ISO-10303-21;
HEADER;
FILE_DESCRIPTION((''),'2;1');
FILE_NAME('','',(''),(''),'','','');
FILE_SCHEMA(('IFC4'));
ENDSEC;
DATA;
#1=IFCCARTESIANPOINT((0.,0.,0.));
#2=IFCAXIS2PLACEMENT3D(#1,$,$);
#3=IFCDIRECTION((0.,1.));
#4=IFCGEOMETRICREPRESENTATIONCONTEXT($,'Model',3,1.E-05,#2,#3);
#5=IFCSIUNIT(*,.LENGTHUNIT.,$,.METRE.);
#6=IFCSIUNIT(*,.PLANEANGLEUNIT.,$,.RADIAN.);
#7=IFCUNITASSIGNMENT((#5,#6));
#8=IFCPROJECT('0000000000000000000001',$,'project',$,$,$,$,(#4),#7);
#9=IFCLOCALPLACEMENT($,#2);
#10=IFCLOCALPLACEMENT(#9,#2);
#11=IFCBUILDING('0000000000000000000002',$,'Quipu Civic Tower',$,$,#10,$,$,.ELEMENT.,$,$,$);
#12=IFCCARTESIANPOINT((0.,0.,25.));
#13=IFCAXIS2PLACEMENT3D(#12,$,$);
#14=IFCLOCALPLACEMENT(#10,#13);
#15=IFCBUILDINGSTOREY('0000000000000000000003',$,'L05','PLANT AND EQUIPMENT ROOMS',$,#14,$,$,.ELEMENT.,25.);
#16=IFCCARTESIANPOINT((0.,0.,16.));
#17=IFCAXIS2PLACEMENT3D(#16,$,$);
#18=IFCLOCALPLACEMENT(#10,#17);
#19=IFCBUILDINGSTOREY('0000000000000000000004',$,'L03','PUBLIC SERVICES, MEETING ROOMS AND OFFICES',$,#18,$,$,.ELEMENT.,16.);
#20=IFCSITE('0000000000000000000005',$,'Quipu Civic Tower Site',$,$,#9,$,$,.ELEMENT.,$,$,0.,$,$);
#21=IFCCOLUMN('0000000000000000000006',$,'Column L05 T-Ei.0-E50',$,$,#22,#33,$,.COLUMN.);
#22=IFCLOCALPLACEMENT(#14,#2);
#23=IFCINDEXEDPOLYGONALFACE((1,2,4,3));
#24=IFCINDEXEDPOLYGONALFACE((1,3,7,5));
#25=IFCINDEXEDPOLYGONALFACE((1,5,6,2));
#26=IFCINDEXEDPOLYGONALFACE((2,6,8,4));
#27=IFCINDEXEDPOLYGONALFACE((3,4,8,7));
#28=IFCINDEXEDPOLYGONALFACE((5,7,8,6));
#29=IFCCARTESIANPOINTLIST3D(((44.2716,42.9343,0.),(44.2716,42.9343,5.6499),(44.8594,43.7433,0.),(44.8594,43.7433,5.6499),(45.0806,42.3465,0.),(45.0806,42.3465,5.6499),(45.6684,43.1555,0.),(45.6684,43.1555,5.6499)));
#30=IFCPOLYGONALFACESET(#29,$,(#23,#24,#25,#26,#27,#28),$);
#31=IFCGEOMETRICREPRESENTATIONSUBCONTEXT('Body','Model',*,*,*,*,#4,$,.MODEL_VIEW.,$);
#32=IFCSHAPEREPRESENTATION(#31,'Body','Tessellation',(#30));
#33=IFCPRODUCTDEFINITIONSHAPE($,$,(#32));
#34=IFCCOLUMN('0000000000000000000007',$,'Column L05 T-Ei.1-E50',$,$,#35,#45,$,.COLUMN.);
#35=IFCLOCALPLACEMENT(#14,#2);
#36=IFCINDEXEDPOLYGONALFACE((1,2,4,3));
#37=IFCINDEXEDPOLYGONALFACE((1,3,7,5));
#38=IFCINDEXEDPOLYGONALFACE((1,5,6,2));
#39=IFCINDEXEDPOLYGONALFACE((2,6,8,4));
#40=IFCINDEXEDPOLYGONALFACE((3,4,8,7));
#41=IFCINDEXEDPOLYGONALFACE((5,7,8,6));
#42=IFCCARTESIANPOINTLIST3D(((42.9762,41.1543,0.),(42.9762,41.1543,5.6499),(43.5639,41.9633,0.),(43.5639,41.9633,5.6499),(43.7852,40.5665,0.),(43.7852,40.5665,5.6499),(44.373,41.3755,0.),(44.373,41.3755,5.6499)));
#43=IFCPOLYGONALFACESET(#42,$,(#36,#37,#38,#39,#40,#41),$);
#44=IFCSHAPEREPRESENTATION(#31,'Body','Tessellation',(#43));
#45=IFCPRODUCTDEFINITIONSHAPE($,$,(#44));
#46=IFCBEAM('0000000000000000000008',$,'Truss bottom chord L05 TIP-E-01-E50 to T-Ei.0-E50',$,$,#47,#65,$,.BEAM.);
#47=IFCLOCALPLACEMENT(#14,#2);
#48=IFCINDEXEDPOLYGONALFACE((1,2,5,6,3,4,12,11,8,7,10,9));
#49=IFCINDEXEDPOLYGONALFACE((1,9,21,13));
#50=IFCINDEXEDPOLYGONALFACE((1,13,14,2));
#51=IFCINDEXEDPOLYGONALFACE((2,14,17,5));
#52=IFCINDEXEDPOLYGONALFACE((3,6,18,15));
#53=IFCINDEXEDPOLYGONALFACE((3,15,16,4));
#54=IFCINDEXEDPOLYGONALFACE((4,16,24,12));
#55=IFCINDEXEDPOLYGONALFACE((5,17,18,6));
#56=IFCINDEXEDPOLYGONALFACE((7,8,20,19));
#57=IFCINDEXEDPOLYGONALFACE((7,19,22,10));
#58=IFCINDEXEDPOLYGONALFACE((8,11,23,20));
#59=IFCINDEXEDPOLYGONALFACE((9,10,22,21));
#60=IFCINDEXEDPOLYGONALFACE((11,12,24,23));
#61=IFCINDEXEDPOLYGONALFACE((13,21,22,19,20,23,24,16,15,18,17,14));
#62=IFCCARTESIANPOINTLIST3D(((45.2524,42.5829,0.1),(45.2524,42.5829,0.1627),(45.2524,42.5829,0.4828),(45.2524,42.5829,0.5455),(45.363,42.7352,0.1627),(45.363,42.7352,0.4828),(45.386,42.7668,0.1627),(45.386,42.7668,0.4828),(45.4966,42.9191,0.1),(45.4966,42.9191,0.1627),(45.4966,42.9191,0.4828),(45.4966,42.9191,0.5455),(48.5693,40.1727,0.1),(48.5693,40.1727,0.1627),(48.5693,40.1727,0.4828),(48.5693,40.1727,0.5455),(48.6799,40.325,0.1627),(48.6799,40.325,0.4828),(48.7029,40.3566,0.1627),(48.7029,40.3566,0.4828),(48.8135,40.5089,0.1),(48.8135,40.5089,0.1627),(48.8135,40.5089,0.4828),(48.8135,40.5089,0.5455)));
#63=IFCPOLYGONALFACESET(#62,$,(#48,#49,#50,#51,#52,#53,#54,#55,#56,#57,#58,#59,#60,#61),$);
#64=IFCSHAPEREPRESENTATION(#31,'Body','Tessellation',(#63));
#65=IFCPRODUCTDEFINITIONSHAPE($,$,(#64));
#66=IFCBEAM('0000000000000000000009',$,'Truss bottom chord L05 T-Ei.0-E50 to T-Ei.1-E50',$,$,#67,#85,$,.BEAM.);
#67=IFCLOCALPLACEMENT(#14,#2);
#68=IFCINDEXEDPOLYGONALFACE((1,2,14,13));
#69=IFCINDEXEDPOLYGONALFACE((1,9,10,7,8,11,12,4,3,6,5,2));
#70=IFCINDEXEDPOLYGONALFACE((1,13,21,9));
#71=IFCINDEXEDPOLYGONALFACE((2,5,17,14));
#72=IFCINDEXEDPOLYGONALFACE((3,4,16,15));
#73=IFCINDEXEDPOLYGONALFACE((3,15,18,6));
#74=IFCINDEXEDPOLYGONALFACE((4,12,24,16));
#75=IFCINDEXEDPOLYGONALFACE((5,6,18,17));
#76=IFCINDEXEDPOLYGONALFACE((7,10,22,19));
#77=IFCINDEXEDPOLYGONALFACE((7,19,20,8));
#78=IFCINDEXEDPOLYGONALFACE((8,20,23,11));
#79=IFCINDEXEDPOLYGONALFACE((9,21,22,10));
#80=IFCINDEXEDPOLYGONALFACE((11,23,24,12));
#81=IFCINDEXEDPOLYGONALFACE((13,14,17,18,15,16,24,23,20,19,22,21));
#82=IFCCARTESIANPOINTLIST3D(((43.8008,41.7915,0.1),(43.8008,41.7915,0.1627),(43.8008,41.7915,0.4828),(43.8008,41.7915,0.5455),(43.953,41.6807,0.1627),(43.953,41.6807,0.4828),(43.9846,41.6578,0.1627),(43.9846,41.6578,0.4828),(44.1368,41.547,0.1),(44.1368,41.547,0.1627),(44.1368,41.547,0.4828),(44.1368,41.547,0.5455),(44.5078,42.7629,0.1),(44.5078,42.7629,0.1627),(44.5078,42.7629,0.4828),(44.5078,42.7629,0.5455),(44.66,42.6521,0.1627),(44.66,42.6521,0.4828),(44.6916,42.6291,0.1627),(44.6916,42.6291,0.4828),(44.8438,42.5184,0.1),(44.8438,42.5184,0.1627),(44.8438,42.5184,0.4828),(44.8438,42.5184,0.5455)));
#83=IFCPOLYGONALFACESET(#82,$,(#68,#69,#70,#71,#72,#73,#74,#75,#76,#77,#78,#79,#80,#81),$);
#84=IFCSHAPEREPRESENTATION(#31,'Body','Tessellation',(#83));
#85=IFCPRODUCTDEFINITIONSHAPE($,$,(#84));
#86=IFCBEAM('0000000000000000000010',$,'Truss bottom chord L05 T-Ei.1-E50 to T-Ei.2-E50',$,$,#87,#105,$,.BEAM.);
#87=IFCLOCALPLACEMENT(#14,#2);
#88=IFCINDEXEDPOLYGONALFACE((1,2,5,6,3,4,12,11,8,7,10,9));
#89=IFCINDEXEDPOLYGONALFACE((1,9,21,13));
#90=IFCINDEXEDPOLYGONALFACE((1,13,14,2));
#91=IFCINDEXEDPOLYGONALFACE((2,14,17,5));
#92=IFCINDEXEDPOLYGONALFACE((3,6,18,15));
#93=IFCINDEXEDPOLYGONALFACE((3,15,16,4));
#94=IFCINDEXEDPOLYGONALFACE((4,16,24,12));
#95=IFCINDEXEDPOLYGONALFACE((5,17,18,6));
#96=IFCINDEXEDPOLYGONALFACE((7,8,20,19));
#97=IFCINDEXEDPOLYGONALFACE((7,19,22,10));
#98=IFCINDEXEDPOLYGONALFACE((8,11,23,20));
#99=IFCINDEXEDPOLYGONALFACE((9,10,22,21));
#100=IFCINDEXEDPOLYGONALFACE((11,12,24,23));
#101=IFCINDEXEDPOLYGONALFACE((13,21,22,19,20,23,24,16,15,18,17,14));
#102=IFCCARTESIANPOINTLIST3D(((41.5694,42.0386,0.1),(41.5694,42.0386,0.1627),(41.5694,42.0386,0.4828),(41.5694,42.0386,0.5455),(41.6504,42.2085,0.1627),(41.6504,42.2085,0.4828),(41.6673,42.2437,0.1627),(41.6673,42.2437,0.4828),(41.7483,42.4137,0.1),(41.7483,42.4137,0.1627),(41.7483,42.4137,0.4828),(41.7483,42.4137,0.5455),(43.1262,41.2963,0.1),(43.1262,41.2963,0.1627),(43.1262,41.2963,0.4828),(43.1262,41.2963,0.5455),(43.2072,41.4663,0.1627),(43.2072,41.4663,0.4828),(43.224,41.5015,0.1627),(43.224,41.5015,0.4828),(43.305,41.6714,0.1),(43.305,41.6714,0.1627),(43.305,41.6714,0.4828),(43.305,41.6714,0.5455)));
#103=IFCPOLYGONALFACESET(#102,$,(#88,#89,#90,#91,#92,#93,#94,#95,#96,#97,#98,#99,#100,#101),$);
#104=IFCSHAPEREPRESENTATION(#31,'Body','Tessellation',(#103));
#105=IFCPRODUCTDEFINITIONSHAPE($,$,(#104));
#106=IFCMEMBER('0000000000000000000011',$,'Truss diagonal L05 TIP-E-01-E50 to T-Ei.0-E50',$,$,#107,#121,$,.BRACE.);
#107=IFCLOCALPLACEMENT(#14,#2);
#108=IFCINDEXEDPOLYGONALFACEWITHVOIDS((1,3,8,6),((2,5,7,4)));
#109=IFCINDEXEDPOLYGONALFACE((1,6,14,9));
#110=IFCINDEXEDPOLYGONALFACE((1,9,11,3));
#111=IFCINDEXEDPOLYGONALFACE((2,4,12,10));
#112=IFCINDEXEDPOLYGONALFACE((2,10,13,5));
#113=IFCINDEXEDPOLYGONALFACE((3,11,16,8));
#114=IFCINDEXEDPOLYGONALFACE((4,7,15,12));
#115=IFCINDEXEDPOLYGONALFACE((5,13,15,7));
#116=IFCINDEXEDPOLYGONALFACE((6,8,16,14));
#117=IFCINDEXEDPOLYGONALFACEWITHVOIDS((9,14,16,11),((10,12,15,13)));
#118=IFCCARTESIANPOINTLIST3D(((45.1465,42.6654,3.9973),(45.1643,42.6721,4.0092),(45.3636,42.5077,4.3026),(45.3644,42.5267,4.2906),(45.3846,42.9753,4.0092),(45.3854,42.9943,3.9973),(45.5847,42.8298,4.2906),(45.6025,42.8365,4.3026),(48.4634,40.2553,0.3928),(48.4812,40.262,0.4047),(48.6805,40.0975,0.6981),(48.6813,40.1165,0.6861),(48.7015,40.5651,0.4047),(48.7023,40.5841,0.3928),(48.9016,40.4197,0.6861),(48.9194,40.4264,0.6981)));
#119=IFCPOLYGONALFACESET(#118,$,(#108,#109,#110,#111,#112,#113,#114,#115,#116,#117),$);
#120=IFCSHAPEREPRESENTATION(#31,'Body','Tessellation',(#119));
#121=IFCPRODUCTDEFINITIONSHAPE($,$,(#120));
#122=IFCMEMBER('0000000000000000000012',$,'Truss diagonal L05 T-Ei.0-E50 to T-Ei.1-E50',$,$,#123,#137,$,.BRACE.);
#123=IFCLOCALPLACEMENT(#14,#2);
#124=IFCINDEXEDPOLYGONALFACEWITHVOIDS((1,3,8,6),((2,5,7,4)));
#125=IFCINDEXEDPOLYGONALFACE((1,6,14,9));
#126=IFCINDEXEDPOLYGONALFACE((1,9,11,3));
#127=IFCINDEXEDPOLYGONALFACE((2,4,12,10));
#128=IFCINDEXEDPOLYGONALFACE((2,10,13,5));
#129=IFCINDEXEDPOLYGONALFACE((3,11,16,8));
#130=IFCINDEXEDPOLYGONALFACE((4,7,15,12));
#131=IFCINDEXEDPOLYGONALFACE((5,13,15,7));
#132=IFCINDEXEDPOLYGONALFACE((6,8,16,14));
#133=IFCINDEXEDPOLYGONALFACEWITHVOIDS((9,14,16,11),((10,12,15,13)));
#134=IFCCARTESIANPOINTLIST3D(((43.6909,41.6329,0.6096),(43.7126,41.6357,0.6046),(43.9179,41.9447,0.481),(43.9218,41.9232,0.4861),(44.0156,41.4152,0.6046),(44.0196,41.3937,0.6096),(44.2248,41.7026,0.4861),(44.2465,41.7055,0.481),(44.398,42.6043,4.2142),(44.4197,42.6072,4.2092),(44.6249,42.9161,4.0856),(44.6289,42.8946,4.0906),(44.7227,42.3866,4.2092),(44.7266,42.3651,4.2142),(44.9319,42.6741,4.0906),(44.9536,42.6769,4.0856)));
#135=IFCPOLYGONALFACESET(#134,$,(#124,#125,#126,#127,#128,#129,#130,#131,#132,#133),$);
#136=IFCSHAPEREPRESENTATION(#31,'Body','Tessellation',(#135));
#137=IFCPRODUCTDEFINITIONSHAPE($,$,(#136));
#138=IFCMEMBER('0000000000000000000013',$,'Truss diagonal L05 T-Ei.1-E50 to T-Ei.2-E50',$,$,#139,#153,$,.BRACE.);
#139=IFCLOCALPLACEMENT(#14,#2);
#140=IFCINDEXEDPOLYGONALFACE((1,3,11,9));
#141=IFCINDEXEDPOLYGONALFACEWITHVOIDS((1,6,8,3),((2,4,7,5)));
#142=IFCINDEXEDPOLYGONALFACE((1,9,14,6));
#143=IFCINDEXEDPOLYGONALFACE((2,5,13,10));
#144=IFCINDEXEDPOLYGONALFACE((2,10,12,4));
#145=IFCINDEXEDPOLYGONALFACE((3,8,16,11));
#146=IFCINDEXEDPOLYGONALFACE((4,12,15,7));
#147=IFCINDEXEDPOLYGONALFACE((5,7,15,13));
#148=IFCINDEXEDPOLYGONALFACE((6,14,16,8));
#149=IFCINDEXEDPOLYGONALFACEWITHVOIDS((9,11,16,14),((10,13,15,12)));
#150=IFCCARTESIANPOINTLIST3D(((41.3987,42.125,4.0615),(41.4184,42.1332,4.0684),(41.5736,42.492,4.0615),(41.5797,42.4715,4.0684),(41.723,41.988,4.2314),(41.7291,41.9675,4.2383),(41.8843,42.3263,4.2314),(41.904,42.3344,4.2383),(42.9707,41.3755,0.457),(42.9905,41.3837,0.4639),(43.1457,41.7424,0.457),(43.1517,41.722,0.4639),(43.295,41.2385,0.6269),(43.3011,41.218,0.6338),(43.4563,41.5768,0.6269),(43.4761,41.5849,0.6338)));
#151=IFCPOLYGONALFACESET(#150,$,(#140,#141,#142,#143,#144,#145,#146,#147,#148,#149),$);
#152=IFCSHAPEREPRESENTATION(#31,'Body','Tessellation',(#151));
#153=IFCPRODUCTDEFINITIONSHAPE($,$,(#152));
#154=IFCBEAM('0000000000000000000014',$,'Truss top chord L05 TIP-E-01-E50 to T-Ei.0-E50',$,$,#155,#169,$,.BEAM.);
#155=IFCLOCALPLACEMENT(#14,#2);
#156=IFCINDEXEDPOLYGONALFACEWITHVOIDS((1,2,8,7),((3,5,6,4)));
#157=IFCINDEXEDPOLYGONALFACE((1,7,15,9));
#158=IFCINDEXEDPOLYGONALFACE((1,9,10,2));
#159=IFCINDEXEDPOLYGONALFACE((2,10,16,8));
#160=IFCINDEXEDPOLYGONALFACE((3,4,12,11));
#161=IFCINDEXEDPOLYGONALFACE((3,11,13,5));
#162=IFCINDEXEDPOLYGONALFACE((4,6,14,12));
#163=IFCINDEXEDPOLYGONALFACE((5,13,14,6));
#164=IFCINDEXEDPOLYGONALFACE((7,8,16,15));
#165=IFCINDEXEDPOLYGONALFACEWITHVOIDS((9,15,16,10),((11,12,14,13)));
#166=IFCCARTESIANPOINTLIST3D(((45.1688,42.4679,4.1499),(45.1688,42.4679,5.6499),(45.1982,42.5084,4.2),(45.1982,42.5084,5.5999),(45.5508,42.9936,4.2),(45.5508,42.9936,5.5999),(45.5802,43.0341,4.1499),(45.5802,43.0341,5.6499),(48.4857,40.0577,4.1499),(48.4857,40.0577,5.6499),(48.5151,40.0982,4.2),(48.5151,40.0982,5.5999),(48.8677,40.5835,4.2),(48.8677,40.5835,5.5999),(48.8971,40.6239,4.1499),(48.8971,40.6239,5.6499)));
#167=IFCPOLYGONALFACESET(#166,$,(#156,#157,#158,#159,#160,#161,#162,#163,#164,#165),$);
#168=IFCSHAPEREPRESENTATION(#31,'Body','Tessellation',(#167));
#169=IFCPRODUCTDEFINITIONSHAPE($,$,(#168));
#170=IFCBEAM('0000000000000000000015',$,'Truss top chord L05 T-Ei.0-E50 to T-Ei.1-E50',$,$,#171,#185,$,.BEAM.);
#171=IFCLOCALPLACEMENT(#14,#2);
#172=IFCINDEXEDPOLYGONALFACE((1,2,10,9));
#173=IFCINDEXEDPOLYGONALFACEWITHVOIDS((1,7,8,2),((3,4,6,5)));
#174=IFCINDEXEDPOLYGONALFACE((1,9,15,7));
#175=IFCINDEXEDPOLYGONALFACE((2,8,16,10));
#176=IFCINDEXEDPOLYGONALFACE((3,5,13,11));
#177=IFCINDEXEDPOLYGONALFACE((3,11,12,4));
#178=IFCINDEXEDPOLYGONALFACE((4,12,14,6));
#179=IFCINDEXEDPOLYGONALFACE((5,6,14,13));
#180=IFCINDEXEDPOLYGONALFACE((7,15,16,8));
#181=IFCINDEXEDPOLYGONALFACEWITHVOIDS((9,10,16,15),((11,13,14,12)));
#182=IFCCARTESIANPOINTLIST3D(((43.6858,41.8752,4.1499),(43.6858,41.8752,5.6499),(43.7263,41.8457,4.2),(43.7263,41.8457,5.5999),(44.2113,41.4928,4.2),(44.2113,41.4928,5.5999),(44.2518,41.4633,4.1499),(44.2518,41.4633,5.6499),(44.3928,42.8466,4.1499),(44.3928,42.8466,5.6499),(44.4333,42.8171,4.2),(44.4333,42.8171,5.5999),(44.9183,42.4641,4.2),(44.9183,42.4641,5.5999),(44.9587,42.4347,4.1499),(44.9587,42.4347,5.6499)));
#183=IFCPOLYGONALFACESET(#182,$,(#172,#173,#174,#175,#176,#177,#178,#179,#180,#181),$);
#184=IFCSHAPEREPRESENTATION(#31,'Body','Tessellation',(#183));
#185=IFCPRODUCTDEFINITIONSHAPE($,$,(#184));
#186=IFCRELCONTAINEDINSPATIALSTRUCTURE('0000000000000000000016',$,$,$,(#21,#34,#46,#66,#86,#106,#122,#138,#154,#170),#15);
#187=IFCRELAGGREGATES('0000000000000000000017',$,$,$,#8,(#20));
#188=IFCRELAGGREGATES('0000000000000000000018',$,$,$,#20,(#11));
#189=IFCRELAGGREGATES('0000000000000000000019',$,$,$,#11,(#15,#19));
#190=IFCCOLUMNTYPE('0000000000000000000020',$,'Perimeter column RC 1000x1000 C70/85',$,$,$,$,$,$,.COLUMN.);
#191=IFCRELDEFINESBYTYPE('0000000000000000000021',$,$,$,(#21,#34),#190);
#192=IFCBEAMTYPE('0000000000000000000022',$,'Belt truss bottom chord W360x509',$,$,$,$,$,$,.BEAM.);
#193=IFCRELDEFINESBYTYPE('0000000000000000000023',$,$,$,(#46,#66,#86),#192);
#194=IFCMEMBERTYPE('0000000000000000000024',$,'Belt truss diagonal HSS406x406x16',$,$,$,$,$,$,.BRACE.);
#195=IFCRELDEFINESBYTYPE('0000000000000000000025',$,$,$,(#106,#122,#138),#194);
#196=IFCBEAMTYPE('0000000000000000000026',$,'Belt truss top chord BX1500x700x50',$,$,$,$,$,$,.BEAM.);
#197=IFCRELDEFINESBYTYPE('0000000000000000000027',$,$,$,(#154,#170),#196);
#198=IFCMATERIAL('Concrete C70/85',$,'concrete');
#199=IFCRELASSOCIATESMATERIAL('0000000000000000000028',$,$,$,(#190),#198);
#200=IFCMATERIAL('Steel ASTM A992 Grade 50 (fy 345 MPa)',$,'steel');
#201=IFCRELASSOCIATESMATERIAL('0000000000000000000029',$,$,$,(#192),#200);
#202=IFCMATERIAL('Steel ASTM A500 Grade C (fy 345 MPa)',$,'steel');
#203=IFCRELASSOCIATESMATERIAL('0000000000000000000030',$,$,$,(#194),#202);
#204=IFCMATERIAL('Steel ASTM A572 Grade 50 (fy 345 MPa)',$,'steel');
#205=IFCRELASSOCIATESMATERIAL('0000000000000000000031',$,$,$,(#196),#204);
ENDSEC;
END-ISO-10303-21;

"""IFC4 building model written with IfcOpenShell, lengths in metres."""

from ifc_helpers import new_model, si_unit, direction, frame, origin, origin_2d, place, context, subcontext, project, spatial, rectangle, hollow_rectangle, i_section, extrude, material, material_profile, profile_set, type_object, element, save


model = new_model("IFC4")

# Units and contexts
model_context = context("Model", 3, precision=1e-05, world=origin(), true_north=direction((0.0, 1.0)))
body_context = subcontext(model_context, "Body", "Model", "MODEL_VIEW")
ifc_project = project(units=[si_unit("LENGTHUNIT", "METRE"), si_unit("PLANEANGLEUNIT", "RADIAN")], contexts=[model_context])

# Site, building, storey
site_placement = place(None, origin())
site = spatial("IfcSite", under=ifc_project, at=site_placement, Name="Quipu Civic Tower Site", CompositionType="ELEMENT", RefElevation=0.0)
building_placement = place(site_placement, origin())
building = spatial("IfcBuilding", under=site, at=building_placement, Name="Quipu Civic Tower", CompositionType="ELEMENT")
storey_1_placement = place(building_placement, frame((0.0, 0.0, 25.0)))
storey_1 = spatial("IfcBuildingStorey", under=building, at=storey_1_placement, Name="L05", Description="PLANT AND EQUIPMENT ROOMS", CompositionType="ELEMENT", Elevation=25.0)

# Columns
ifc_material_1 = material(Name="Concrete C70/85", Category="concrete")
ifc_material_profile_1 = material_profile(ifc_material_1, rectangle(XDim=1.0, YDim=1.0, at=origin_2d()), Name="RC1000x1000")
ifc_profile_set_1 = profile_set([ifc_material_profile_1], Name="Concrete C70/85")
column_type = type_object("IfcColumnType", Name="Perimeter column RC 1000x1000 C70/85", PredefinedType="COLUMN", material=ifc_profile_set_1)
for number, where, z_axis, x_axis, name in (
    (1, (44.97, 43.0449, 0.0), (0.0, 0.0, 1.0), (-0.809017, 0.587785, 0.0), "Column L05 T-Ei.0-E50"),
    (2, (43.6746, 41.2649, 0.0), (0.0, 0.0, 1.0), (-0.809017, 0.587785, 0.0), "Column L05 T-Ei.1-E50"),
):
    element("IfcColumn", number, at=place(storey_1_placement, frame(where, z_axis=z_axis, x_axis=x_axis)), inside=storey_1, type_object=column_type, Name=name, PredefinedType="COLUMN", context=body_context, shape_type="SweptSolid", body=[
        extrude(rectangle(XDim=1.0, YDim=1.0, at=origin_2d()), origin(), (0.0, 0.0, 1.0), 5.6499),
    ])

# Beams
ifc_material_2 = material(Name="Steel ASTM A992 Grade 50 (fy 345 MPa)", Category="steel")
ifc_material_profile_2 = material_profile(ifc_material_2, i_section(OverallWidth=0.4155, OverallDepth=0.4456, WebThickness=0.0391, FlangeThickness=0.0627, at=origin_2d()), Name="W360x509")
ifc_profile_set_2 = profile_set([ifc_material_profile_2], Name="Steel ASTM A992 Grade 50 (fy 345 MPa)")
beam_type_1 = type_object("IfcBeamType", Name="Belt truss bottom chord W360x509", PredefinedType="BEAM", material=ifc_profile_set_2)
beam_1_placement = place(storey_1_placement, frame((48.6914, 40.3408, 0.3228), z_axis=(-0.808983, 0.587832, 0.0), x_axis=(-0.587832, -0.808983, 0.0)))
element("IfcBeam", 3, at=beam_1_placement, inside=storey_1, type_object=beam_type_1, Name="Truss bottom chord L05 TIP-E-01-E50 to T-Ei.0-E50", PredefinedType="BEAM", context=body_context, shape_type="SweptSolid", body=[
    extrude(i_section(OverallWidth=0.4155, OverallDepth=0.4456, WebThickness=0.0391, FlangeThickness=0.0627, at=origin_2d()), origin(), (0.0, 0.0, 1.0), 4.1001),
])
beam_2_placement = place(storey_1_placement, frame((44.6758, 42.6406, 0.3228), z_axis=(-0.588462, -0.808525, 0.0), x_axis=(0.808525, -0.588462, 0.0)))
element("IfcBeam", 4, at=beam_2_placement, inside=storey_1, type_object=beam_type_1, Name="Truss bottom chord L05 T-Ei.0-E50 to T-Ei.1-E50", PredefinedType="BEAM", context=body_context, shape_type="SweptSolid", body=[
    extrude(i_section(OverallWidth=0.4155, OverallDepth=0.4456, WebThickness=0.0391, FlangeThickness=0.0627, at=origin_2d()), origin(), (0.0, 0.0, 1.0), 1.2014),
])
beam_3_placement = place(storey_1_placement, frame((43.2156, 41.4839, 0.3228), z_axis=(-0.902651, 0.430373, 0.0), x_axis=(-0.430373, -0.902651, 0.0)))
element("IfcBeam", 5, at=beam_3_placement, inside=storey_1, type_object=beam_type_1, Name="Truss bottom chord L05 T-Ei.1-E50 to T-Ei.2-E50", PredefinedType="BEAM", context=body_context, shape_type="SweptSolid", body=[
    extrude(i_section(OverallWidth=0.4155, OverallDepth=0.4456, WebThickness=0.0391, FlangeThickness=0.0627, at=origin_2d()), origin(), (0.0, 0.0, 1.0), 1.7246),
])

# Members
ifc_material_3 = material(Name="Steel ASTM A500 Grade C (fy 345 MPa)", Category="steel")
ifc_material_profile_3 = material_profile(ifc_material_3, hollow_rectangle(XDim=0.4065, YDim=0.4065, WallThickness=0.0159, at=origin_2d()), Name="HSS406x406x16")
ifc_profile_set_3 = profile_set([ifc_material_profile_3], Name="Steel ASTM A500 Grade C (fy 345 MPa)")
member_type_1 = type_object("IfcMemberType", Name="Belt truss diagonal HSS406x406x16", PredefinedType="BRACE", material=ifc_profile_set_3)
member_1_placement = place(storey_1_placement, frame((48.6914, 40.3408, 0.5454), z_axis=(-0.607577, 0.441484, 0.660259), x_axis=(-0.587832, -0.808983, 0.0)))
element("IfcMember", 6, at=member_1_placement, inside=storey_1, type_object=member_type_1, Name="Truss diagonal L05 TIP-E-01-E50 to T-Ei.0-E50", PredefinedType="BRACE", context=body_context, shape_type="SweptSolid", body=[
    extrude(hollow_rectangle(XDim=0.4065, YDim=0.4065, WallThickness=0.0159, at=origin_2d()), origin(), (0.0, 0.0, 1.0), 5.4592),
])
member_2_placement = place(storey_1_placement, frame((44.6758, 42.6406, 4.1499), z_axis=(-0.186087, -0.255677, -0.948684), x_axis=(0.808525, -0.588462, 0.0)))
element("IfcMember", 7, at=member_2_placement, inside=storey_1, type_object=member_type_1, Name="Truss diagonal L05 T-Ei.0-E50 to T-Ei.1-E50", PredefinedType="BRACE", context=body_context, shape_type="SweptSolid", body=[
    extrude(hollow_rectangle(XDim=0.4065, YDim=0.4065, WallThickness=0.0159, at=origin_2d()), origin(), (0.0, 0.0, 1.0), 3.7996),
])
member_3_placement = place(storey_1_placement, frame((43.2234, 41.4802, 0.5454), z_axis=(-0.392694, 0.187229, 0.900409), x_axis=(-0.430369, -0.902653, 0.0)))
element("IfcMember", 8, at=member_3_placement, inside=storey_1, type_object=member_type_1, Name="Truss diagonal L05 T-Ei.1-E50 to T-Ei.2-E50", PredefinedType="BRACE", context=body_context, shape_type="SweptSolid", body=[
    extrude(hollow_rectangle(XDim=0.4065, YDim=0.4065, WallThickness=0.0159, at=origin_2d()), origin(), (0.0, 0.0, 1.0), 4.0032),
])

# Beams
ifc_material_4 = material(Name="Steel ASTM A572 Grade 50 (fy 345 MPa)", Category="steel")
ifc_material_profile_4 = material_profile(ifc_material_4, hollow_rectangle(XDim=0.7, YDim=1.5, WallThickness=0.05, at=origin_2d()), Name="BX1500x700x50")
ifc_profile_set_4 = profile_set([ifc_material_profile_4], Name="Steel ASTM A572 Grade 50 (fy 345 MPa)")
beam_type_2 = type_object("IfcBeamType", Name="Belt truss top chord BX1500x700x50", PredefinedType="BEAM", material=ifc_profile_set_4)
beam_4_placement = place(storey_1_placement, frame((48.6914, 40.3408, 4.8999), z_axis=(-0.808983, 0.587832, 0.0), x_axis=(-0.587832, -0.808983, 0.0)))
element("IfcBeam", 9, at=beam_4_placement, inside=storey_1, type_object=beam_type_2, Name="Truss top chord L05 TIP-E-01-E50 to T-Ei.0-E50", PredefinedType="BEAM", context=body_context, shape_type="SweptSolid", body=[
    extrude(hollow_rectangle(XDim=0.7, YDim=1.5, WallThickness=0.05, at=origin_2d()), origin(), (0.0, 0.0, 1.0), 4.1001),
])
beam_5_placement = place(storey_1_placement, frame((44.6758, 42.6406, 4.8999), z_axis=(-0.588462, -0.808525, 0.0), x_axis=(0.808525, -0.588462, 0.0)))
element("IfcBeam", 10, at=beam_5_placement, inside=storey_1, type_object=beam_type_2, Name="Truss top chord L05 T-Ei.0-E50 to T-Ei.1-E50", PredefinedType="BEAM", context=body_context, shape_type="SweptSolid", body=[
    extrude(hollow_rectangle(XDim=0.7, YDim=1.5, WallThickness=0.05, at=origin_2d()), origin(), (0.0, 0.0, 1.0), 1.2014),
])

# Shared definitions
storey_2_placement = place(building_placement, frame((0.0, 0.0, 16.0)))
storey_2 = spatial("IfcBuildingStorey", under=building, at=storey_2_placement, Name="L03", Description="PUBLIC SERVICES, MEETING ROOMS AND OFFICES", CompositionType="ELEMENT", Elevation=16.0)

save(model, "model.ifc")
